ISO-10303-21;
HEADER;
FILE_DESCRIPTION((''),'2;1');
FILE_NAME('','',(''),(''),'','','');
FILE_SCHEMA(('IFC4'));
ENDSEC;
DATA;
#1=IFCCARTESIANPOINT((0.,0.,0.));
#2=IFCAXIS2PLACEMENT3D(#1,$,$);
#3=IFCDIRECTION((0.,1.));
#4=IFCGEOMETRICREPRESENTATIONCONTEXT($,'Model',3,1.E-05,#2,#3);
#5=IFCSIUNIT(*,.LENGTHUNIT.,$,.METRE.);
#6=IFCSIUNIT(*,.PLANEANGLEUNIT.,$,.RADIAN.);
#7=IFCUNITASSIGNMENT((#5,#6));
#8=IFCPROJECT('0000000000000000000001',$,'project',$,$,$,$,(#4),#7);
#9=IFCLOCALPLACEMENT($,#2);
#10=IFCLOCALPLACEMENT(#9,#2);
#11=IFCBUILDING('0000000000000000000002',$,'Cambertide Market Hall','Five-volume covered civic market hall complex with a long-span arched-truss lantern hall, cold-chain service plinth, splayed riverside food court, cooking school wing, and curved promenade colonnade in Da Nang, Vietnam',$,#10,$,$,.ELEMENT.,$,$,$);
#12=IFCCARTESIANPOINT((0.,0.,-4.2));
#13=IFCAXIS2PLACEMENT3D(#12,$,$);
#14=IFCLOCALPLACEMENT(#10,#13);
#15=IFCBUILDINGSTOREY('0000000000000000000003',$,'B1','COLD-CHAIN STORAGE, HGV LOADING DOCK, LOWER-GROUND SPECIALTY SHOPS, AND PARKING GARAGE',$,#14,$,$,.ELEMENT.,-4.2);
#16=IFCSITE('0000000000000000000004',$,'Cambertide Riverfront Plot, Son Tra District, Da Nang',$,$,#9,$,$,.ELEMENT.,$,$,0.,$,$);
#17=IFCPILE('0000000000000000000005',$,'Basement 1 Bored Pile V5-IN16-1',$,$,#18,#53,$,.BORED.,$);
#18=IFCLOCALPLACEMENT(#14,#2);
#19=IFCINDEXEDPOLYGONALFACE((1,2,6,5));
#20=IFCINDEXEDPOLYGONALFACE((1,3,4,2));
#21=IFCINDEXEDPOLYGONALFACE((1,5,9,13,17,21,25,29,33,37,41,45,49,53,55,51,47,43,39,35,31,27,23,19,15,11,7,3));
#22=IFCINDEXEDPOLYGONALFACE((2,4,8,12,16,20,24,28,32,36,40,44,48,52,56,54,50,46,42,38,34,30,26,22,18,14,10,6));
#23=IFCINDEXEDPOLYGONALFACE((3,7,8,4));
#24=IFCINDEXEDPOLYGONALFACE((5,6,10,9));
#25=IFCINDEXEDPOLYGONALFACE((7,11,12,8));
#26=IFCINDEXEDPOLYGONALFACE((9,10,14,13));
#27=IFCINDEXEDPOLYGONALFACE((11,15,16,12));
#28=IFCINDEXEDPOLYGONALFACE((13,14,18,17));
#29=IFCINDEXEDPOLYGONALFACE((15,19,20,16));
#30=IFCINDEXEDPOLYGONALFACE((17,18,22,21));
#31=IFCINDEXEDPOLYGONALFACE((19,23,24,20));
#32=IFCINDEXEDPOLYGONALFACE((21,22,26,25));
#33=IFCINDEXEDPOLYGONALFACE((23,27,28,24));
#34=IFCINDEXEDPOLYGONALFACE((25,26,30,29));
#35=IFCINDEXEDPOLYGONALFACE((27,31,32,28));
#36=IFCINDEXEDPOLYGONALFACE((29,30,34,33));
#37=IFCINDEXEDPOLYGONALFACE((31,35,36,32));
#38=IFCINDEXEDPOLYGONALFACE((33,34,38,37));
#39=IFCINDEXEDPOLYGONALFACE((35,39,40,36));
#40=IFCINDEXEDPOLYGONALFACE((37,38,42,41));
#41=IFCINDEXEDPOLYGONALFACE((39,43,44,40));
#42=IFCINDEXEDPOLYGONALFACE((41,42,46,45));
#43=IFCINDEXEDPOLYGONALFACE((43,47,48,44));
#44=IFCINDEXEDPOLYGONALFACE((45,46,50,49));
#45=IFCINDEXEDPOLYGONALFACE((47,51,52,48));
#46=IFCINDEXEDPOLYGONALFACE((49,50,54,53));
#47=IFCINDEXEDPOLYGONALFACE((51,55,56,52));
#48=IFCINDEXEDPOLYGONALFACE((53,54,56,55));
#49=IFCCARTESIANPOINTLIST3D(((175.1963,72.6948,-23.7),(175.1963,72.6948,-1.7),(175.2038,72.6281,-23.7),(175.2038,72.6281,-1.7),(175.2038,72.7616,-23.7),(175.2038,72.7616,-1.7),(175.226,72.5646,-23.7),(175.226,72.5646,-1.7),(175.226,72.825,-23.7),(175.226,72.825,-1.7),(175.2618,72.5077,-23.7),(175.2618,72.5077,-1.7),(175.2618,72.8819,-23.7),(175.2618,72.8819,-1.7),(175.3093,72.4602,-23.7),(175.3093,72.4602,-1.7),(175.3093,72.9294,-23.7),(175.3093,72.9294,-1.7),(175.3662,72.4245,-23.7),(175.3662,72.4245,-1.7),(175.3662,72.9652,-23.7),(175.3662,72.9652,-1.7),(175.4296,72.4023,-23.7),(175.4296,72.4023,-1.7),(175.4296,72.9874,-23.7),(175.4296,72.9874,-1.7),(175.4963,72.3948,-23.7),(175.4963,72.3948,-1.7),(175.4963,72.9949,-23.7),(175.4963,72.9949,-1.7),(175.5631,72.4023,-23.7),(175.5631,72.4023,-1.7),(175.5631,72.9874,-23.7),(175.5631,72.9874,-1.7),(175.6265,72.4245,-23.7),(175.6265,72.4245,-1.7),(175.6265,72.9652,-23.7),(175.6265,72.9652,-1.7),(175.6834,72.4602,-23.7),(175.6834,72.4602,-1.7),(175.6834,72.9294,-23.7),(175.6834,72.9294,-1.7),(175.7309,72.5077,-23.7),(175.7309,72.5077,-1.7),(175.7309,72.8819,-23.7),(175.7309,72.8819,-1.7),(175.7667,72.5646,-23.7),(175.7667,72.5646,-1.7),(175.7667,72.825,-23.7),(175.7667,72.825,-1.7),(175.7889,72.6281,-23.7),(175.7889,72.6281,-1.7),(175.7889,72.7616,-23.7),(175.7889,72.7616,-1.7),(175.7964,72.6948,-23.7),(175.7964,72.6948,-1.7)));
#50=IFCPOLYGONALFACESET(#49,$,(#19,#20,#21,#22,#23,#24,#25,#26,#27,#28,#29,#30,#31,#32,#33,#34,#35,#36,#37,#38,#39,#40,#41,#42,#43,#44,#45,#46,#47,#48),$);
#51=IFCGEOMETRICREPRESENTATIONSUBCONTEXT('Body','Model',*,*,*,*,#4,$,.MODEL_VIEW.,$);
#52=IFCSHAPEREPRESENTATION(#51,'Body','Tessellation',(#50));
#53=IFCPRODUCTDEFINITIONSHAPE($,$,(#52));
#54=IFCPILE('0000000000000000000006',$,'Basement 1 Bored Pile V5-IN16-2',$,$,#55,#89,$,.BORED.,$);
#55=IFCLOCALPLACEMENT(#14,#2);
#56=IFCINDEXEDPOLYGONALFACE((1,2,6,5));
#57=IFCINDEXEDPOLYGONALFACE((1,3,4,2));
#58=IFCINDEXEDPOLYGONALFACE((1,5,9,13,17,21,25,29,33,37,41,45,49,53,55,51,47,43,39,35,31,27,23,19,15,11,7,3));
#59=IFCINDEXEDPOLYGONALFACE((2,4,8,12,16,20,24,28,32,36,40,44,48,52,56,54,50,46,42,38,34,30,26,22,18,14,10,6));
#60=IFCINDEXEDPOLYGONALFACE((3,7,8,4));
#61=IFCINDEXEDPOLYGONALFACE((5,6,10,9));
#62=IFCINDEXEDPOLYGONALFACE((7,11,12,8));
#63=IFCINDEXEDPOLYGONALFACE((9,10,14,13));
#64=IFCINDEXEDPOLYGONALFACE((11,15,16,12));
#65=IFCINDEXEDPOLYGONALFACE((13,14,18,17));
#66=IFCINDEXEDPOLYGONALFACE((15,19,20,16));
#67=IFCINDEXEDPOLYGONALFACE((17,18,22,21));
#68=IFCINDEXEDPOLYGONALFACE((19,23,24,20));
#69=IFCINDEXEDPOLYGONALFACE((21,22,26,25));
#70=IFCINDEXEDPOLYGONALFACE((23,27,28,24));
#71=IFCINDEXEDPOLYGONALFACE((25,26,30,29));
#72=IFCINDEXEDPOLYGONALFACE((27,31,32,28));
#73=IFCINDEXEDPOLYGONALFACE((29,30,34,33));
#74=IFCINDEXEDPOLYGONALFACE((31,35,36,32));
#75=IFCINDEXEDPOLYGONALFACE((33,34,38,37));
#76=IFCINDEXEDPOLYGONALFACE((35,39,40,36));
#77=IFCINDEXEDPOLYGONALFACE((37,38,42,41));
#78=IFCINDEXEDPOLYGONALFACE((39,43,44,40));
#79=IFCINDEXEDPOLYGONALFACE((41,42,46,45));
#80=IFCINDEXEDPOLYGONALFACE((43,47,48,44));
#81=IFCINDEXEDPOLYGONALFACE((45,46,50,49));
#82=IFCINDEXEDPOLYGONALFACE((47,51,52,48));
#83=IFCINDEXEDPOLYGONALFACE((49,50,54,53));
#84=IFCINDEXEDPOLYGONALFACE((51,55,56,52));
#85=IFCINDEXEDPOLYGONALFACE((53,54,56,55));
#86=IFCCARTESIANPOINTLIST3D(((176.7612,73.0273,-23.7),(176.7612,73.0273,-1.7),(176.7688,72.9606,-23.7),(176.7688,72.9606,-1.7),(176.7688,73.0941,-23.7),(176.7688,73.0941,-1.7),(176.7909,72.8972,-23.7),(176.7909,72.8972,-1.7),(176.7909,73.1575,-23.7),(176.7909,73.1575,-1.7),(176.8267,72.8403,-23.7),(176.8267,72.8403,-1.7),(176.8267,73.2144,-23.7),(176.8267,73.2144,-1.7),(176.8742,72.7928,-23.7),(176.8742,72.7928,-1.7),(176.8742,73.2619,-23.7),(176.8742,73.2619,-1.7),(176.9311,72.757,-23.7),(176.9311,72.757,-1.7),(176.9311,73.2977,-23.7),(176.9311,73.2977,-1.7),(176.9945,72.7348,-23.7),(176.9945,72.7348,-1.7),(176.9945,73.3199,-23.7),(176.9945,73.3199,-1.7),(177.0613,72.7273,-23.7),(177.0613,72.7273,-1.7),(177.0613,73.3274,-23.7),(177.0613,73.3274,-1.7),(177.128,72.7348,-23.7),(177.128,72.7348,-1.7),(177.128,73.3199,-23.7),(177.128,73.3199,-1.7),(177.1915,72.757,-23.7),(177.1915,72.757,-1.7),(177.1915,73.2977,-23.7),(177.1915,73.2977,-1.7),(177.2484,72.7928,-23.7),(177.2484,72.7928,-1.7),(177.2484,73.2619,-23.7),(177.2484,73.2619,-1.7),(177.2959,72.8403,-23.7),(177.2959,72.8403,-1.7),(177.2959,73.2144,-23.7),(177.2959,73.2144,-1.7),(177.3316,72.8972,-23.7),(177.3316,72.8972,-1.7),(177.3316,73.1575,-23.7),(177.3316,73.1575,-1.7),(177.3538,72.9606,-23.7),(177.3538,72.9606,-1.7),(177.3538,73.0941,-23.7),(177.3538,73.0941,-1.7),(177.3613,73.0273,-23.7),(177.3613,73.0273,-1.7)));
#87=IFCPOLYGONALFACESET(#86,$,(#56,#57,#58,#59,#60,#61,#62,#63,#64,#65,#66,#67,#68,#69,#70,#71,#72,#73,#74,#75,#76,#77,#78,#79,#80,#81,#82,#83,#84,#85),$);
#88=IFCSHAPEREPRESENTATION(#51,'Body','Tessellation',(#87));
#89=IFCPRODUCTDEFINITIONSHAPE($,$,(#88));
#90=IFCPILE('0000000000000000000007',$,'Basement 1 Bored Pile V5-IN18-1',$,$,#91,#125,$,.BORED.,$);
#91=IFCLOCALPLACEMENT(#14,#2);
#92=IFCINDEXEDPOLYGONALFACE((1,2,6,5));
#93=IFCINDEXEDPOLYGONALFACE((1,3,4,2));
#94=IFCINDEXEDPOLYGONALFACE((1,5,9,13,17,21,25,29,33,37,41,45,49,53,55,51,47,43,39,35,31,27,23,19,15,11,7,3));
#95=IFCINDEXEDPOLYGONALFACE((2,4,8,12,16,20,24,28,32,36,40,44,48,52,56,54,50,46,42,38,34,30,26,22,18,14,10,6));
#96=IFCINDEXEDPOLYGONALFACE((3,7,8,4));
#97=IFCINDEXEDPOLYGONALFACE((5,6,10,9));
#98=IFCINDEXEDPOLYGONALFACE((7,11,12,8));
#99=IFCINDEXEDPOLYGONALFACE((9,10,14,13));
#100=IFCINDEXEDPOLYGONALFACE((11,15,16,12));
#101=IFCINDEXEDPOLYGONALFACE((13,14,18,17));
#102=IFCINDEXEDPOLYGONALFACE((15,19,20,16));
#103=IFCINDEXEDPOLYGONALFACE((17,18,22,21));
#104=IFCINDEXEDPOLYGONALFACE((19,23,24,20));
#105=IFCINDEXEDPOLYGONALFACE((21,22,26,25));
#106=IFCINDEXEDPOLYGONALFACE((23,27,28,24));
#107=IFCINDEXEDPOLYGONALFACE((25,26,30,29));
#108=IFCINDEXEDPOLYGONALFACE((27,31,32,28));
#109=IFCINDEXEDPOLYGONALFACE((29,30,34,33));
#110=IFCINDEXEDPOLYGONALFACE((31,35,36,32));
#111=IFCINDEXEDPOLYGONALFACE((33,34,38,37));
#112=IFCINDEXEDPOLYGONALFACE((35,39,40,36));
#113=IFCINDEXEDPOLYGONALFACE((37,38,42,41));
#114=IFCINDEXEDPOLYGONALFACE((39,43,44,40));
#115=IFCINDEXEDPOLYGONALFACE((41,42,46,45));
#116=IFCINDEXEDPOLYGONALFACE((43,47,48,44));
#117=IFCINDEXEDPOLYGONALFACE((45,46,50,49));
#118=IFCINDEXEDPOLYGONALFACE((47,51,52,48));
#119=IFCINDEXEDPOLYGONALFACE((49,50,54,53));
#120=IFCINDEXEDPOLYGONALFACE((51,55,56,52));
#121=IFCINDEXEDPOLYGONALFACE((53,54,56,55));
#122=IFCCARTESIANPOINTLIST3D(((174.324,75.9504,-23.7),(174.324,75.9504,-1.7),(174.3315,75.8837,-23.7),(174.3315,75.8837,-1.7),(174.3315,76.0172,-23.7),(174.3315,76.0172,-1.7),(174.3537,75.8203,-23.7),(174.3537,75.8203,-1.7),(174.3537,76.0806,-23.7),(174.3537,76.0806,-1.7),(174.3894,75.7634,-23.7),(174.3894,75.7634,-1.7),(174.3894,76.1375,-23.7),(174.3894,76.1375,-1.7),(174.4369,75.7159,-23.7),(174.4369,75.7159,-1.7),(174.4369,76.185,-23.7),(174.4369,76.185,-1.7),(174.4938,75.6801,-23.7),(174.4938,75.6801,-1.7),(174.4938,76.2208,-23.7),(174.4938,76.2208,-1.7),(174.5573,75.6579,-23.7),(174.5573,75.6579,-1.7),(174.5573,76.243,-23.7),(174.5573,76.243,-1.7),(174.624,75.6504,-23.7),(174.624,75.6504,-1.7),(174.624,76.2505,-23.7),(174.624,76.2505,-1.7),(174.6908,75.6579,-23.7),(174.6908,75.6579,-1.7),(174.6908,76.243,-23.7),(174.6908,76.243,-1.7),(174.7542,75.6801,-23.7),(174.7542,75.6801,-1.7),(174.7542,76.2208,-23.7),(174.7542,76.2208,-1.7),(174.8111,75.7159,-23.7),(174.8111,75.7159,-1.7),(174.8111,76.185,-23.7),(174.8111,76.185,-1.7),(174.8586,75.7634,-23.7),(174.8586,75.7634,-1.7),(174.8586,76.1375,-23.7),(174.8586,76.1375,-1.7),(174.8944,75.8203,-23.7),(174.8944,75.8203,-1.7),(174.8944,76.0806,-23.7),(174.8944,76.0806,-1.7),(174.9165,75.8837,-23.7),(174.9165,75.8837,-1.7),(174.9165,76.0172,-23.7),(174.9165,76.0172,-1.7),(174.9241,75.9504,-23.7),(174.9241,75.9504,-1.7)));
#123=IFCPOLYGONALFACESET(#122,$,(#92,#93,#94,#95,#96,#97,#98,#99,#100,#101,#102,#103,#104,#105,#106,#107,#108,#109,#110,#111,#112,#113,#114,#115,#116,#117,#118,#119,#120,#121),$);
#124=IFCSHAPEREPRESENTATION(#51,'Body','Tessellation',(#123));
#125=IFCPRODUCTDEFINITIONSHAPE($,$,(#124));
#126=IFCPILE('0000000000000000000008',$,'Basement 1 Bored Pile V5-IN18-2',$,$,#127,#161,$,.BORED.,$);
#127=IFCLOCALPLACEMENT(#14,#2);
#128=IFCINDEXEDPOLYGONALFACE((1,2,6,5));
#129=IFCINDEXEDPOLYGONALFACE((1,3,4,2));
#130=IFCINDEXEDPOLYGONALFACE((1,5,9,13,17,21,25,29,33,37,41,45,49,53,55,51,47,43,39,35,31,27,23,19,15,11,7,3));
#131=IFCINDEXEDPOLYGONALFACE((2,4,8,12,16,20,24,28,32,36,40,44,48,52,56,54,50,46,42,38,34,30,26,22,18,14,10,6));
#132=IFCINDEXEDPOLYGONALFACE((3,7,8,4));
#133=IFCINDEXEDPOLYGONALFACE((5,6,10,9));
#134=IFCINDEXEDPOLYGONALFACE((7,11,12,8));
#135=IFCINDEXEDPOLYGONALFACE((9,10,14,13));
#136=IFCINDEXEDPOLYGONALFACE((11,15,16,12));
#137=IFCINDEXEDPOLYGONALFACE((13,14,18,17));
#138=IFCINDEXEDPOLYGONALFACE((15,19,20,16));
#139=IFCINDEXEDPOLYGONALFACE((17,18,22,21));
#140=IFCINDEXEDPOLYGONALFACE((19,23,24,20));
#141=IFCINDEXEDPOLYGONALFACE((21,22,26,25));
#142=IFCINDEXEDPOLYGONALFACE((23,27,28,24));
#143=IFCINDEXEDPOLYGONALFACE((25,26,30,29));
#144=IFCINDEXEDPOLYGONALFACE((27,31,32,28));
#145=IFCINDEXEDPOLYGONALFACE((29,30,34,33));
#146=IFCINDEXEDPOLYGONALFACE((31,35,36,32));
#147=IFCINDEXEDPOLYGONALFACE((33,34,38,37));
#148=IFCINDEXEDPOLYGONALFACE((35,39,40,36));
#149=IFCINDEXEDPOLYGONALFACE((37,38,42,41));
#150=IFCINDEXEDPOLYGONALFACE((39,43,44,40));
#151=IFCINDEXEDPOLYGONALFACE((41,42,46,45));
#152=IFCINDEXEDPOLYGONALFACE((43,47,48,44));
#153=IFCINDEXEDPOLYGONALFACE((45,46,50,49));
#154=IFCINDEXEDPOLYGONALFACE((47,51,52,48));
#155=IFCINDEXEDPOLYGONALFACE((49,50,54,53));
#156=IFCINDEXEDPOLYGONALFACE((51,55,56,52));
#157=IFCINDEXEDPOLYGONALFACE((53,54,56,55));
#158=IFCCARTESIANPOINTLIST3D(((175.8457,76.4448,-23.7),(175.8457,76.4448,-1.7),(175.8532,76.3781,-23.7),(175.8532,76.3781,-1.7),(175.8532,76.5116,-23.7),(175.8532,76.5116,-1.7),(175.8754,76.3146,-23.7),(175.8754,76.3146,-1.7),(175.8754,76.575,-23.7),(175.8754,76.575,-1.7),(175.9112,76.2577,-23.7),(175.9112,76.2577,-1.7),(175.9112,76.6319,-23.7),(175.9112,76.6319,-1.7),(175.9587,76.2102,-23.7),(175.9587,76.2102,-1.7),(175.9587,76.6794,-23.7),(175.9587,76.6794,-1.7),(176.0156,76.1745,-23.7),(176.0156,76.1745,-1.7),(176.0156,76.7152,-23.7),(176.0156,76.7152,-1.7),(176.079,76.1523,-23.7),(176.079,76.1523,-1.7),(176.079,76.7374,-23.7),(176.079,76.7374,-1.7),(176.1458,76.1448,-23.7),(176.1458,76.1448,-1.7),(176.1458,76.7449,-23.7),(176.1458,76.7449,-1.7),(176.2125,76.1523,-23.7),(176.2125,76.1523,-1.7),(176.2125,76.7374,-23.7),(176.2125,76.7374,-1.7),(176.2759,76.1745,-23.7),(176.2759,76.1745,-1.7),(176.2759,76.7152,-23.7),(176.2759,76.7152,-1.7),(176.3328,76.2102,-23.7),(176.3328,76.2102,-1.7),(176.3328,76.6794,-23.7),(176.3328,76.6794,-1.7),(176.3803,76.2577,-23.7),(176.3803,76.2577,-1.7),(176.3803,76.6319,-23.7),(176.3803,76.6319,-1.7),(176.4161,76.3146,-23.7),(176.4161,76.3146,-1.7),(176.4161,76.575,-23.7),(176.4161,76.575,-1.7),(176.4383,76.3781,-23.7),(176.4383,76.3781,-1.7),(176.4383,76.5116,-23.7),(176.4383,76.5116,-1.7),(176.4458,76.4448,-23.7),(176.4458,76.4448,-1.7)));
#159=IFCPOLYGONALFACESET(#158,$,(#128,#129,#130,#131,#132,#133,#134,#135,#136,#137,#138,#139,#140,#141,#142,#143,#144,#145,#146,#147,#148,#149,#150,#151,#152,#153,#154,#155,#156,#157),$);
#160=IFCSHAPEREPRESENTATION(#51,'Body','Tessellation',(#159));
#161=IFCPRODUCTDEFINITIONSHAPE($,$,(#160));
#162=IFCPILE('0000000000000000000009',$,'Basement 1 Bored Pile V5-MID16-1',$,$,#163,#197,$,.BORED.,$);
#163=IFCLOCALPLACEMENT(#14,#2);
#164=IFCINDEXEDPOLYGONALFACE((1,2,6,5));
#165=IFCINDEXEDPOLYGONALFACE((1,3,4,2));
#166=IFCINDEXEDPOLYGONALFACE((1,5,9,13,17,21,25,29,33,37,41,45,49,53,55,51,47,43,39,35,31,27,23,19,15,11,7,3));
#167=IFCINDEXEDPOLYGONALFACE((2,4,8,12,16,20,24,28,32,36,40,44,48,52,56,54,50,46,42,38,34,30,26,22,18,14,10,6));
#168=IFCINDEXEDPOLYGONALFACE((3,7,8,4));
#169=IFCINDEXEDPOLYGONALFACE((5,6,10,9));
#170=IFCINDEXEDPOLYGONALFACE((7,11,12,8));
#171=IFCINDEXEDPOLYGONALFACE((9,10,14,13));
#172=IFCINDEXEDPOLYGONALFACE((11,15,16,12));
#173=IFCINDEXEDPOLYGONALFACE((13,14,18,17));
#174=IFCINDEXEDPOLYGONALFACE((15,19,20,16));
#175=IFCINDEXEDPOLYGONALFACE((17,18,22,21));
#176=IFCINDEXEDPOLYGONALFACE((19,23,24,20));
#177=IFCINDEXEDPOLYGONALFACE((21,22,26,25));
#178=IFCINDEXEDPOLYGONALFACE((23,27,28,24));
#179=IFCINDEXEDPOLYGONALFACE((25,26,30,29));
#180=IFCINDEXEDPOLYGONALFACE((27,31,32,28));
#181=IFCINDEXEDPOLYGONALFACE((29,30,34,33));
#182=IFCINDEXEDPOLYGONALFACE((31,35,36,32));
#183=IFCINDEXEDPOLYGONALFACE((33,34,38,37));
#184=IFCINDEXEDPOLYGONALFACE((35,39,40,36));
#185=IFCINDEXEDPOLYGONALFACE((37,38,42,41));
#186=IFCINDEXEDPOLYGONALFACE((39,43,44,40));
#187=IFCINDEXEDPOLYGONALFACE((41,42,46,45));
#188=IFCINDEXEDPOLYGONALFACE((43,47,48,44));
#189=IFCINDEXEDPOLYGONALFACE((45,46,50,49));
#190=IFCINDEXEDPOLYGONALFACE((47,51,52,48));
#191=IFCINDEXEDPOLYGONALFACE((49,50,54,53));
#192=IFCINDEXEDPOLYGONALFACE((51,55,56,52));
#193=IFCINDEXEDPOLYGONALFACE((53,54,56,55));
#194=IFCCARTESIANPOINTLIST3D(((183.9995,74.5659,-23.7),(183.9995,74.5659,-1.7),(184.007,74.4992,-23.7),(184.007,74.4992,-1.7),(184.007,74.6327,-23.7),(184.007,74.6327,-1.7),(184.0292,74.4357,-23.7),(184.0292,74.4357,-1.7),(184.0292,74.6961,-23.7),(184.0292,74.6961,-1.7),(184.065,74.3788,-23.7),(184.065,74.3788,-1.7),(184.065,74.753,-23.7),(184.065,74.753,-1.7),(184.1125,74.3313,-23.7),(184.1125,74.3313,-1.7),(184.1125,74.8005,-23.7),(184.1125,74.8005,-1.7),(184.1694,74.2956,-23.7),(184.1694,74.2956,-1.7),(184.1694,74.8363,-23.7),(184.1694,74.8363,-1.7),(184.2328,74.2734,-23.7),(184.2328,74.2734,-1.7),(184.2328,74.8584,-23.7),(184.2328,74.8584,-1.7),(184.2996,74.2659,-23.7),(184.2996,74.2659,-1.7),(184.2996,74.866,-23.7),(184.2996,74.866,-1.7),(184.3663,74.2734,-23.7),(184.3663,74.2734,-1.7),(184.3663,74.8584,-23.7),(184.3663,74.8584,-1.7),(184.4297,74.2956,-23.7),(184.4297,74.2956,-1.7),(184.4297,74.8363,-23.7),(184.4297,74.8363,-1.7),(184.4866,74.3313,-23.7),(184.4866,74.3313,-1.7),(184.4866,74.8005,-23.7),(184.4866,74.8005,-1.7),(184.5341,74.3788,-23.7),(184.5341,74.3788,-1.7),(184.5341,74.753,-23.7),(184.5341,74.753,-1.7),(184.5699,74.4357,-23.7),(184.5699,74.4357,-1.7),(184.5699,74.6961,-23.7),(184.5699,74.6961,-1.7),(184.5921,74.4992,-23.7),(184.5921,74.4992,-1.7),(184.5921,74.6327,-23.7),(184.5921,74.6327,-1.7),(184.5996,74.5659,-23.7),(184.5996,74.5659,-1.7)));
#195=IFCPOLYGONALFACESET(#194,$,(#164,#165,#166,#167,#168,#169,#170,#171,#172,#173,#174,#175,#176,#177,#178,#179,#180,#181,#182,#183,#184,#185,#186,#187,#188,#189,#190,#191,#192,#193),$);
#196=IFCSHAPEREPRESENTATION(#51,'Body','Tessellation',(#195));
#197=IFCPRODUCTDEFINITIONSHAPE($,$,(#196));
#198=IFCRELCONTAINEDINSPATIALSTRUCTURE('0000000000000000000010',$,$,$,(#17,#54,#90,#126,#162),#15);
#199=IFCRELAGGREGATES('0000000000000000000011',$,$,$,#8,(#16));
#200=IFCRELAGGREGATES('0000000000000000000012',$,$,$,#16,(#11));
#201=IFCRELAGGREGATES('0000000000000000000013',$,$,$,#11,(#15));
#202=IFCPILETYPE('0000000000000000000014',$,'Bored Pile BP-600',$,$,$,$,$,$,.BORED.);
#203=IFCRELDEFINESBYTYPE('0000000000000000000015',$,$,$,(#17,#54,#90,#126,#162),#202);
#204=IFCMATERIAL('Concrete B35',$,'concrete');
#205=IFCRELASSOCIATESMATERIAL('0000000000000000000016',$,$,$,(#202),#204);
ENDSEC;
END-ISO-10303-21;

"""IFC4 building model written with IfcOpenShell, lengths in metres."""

from ifc_helpers import new_model, si_unit, direction, frame, origin, origin_2d, place, context, subcontext, project, spatial, circle, extrude, material, material_profile, profile_set, type_object, element, save


model = new_model("IFC4")

# Units and contexts
model_context = context("Model", 3, precision=1e-05, world=origin(), true_north=direction((0.0, 1.0)))
body_context = subcontext(model_context, "Body", "Model", "MODEL_VIEW")
ifc_project = project(units=[si_unit("LENGTHUNIT", "METRE"), si_unit("PLANEANGLEUNIT", "RADIAN")], contexts=[model_context])

# Site, building, storey
site_placement = place(None, origin())
site = spatial("IfcSite", under=ifc_project, at=site_placement, Name="Cambertide Riverfront Plot, Son Tra District, Da Nang", CompositionType="ELEMENT", RefElevation=0.0)
building_placement = place(site_placement, origin())
building = spatial("IfcBuilding", under=site, at=building_placement, Name="Cambertide Market Hall", Description="Five-volume covered civic market hall complex with a long-span arched-truss lantern hall, cold-chain service plinth, splayed riverside food court, cooking school wing, and curved promenade colonnade in Da Nang, Vietnam", CompositionType="ELEMENT")
storey_placement = place(building_placement, frame((0.0, 0.0, -4.2)))
storey = spatial("IfcBuildingStorey", under=building, at=storey_placement, Name="B1", Description="COLD-CHAIN STORAGE, HGV LOADING DOCK, LOWER-GROUND SPECIALTY SHOPS, AND PARKING GARAGE", CompositionType="ELEMENT", Elevation=-4.2)

# Piles
ifc_material_1 = material(Name="Concrete B35", Category="concrete")
ifc_material_profile_1 = material_profile(ifc_material_1, circle(Radius=0.3, at=origin_2d()), Name="BP D600")
ifc_profile_set_1 = profile_set([ifc_material_profile_1], Name="Concrete B35")
pile_type_1 = type_object("IfcPileType", Name="Bored Pile BP-600", PredefinedType="BORED", material=ifc_profile_set_1)
for number, where, z_axis, x_axis, name in (
    (1, (175.4963, 72.6948, -1.7), (0.0, 0.0, -1.0), (1.0, 0.0, 0.0), "Basement 1 Bored Pile V5-IN16-1"),
    (2, (177.0613, 73.0273, -1.7), (0.0, 0.0, -1.0), (1.0, 0.0, 0.0), "Basement 1 Bored Pile V5-IN16-2"),
    (3, (174.624, 75.9504, -1.7), (0.0, 0.0, -1.0), (1.0, 0.0, 0.0), "Basement 1 Bored Pile V5-IN18-1"),
    (4, (176.1458, 76.4448, -1.7), (0.0, 0.0, -1.0), (1.0, 0.0, 0.0), "Basement 1 Bored Pile V5-IN18-2"),
    (5, (184.2996, 74.5659, -1.7), (0.0, 0.0, -1.0), (1.0, 0.0, 0.0), "Basement 1 Bored Pile V5-MID16-1"),
):
    element("IfcPile", number, at=place(storey_placement, frame(where, z_axis=z_axis, x_axis=x_axis)), inside=storey, type_object=pile_type_1, Name=name, PredefinedType="BORED", context=body_context, shape_type="SweptSolid", body=[
        extrude(circle(Radius=0.3, at=origin_2d()), origin(), (0.0, 0.0, 1.0), 22.0),
    ])

save(model, "model.ifc")
